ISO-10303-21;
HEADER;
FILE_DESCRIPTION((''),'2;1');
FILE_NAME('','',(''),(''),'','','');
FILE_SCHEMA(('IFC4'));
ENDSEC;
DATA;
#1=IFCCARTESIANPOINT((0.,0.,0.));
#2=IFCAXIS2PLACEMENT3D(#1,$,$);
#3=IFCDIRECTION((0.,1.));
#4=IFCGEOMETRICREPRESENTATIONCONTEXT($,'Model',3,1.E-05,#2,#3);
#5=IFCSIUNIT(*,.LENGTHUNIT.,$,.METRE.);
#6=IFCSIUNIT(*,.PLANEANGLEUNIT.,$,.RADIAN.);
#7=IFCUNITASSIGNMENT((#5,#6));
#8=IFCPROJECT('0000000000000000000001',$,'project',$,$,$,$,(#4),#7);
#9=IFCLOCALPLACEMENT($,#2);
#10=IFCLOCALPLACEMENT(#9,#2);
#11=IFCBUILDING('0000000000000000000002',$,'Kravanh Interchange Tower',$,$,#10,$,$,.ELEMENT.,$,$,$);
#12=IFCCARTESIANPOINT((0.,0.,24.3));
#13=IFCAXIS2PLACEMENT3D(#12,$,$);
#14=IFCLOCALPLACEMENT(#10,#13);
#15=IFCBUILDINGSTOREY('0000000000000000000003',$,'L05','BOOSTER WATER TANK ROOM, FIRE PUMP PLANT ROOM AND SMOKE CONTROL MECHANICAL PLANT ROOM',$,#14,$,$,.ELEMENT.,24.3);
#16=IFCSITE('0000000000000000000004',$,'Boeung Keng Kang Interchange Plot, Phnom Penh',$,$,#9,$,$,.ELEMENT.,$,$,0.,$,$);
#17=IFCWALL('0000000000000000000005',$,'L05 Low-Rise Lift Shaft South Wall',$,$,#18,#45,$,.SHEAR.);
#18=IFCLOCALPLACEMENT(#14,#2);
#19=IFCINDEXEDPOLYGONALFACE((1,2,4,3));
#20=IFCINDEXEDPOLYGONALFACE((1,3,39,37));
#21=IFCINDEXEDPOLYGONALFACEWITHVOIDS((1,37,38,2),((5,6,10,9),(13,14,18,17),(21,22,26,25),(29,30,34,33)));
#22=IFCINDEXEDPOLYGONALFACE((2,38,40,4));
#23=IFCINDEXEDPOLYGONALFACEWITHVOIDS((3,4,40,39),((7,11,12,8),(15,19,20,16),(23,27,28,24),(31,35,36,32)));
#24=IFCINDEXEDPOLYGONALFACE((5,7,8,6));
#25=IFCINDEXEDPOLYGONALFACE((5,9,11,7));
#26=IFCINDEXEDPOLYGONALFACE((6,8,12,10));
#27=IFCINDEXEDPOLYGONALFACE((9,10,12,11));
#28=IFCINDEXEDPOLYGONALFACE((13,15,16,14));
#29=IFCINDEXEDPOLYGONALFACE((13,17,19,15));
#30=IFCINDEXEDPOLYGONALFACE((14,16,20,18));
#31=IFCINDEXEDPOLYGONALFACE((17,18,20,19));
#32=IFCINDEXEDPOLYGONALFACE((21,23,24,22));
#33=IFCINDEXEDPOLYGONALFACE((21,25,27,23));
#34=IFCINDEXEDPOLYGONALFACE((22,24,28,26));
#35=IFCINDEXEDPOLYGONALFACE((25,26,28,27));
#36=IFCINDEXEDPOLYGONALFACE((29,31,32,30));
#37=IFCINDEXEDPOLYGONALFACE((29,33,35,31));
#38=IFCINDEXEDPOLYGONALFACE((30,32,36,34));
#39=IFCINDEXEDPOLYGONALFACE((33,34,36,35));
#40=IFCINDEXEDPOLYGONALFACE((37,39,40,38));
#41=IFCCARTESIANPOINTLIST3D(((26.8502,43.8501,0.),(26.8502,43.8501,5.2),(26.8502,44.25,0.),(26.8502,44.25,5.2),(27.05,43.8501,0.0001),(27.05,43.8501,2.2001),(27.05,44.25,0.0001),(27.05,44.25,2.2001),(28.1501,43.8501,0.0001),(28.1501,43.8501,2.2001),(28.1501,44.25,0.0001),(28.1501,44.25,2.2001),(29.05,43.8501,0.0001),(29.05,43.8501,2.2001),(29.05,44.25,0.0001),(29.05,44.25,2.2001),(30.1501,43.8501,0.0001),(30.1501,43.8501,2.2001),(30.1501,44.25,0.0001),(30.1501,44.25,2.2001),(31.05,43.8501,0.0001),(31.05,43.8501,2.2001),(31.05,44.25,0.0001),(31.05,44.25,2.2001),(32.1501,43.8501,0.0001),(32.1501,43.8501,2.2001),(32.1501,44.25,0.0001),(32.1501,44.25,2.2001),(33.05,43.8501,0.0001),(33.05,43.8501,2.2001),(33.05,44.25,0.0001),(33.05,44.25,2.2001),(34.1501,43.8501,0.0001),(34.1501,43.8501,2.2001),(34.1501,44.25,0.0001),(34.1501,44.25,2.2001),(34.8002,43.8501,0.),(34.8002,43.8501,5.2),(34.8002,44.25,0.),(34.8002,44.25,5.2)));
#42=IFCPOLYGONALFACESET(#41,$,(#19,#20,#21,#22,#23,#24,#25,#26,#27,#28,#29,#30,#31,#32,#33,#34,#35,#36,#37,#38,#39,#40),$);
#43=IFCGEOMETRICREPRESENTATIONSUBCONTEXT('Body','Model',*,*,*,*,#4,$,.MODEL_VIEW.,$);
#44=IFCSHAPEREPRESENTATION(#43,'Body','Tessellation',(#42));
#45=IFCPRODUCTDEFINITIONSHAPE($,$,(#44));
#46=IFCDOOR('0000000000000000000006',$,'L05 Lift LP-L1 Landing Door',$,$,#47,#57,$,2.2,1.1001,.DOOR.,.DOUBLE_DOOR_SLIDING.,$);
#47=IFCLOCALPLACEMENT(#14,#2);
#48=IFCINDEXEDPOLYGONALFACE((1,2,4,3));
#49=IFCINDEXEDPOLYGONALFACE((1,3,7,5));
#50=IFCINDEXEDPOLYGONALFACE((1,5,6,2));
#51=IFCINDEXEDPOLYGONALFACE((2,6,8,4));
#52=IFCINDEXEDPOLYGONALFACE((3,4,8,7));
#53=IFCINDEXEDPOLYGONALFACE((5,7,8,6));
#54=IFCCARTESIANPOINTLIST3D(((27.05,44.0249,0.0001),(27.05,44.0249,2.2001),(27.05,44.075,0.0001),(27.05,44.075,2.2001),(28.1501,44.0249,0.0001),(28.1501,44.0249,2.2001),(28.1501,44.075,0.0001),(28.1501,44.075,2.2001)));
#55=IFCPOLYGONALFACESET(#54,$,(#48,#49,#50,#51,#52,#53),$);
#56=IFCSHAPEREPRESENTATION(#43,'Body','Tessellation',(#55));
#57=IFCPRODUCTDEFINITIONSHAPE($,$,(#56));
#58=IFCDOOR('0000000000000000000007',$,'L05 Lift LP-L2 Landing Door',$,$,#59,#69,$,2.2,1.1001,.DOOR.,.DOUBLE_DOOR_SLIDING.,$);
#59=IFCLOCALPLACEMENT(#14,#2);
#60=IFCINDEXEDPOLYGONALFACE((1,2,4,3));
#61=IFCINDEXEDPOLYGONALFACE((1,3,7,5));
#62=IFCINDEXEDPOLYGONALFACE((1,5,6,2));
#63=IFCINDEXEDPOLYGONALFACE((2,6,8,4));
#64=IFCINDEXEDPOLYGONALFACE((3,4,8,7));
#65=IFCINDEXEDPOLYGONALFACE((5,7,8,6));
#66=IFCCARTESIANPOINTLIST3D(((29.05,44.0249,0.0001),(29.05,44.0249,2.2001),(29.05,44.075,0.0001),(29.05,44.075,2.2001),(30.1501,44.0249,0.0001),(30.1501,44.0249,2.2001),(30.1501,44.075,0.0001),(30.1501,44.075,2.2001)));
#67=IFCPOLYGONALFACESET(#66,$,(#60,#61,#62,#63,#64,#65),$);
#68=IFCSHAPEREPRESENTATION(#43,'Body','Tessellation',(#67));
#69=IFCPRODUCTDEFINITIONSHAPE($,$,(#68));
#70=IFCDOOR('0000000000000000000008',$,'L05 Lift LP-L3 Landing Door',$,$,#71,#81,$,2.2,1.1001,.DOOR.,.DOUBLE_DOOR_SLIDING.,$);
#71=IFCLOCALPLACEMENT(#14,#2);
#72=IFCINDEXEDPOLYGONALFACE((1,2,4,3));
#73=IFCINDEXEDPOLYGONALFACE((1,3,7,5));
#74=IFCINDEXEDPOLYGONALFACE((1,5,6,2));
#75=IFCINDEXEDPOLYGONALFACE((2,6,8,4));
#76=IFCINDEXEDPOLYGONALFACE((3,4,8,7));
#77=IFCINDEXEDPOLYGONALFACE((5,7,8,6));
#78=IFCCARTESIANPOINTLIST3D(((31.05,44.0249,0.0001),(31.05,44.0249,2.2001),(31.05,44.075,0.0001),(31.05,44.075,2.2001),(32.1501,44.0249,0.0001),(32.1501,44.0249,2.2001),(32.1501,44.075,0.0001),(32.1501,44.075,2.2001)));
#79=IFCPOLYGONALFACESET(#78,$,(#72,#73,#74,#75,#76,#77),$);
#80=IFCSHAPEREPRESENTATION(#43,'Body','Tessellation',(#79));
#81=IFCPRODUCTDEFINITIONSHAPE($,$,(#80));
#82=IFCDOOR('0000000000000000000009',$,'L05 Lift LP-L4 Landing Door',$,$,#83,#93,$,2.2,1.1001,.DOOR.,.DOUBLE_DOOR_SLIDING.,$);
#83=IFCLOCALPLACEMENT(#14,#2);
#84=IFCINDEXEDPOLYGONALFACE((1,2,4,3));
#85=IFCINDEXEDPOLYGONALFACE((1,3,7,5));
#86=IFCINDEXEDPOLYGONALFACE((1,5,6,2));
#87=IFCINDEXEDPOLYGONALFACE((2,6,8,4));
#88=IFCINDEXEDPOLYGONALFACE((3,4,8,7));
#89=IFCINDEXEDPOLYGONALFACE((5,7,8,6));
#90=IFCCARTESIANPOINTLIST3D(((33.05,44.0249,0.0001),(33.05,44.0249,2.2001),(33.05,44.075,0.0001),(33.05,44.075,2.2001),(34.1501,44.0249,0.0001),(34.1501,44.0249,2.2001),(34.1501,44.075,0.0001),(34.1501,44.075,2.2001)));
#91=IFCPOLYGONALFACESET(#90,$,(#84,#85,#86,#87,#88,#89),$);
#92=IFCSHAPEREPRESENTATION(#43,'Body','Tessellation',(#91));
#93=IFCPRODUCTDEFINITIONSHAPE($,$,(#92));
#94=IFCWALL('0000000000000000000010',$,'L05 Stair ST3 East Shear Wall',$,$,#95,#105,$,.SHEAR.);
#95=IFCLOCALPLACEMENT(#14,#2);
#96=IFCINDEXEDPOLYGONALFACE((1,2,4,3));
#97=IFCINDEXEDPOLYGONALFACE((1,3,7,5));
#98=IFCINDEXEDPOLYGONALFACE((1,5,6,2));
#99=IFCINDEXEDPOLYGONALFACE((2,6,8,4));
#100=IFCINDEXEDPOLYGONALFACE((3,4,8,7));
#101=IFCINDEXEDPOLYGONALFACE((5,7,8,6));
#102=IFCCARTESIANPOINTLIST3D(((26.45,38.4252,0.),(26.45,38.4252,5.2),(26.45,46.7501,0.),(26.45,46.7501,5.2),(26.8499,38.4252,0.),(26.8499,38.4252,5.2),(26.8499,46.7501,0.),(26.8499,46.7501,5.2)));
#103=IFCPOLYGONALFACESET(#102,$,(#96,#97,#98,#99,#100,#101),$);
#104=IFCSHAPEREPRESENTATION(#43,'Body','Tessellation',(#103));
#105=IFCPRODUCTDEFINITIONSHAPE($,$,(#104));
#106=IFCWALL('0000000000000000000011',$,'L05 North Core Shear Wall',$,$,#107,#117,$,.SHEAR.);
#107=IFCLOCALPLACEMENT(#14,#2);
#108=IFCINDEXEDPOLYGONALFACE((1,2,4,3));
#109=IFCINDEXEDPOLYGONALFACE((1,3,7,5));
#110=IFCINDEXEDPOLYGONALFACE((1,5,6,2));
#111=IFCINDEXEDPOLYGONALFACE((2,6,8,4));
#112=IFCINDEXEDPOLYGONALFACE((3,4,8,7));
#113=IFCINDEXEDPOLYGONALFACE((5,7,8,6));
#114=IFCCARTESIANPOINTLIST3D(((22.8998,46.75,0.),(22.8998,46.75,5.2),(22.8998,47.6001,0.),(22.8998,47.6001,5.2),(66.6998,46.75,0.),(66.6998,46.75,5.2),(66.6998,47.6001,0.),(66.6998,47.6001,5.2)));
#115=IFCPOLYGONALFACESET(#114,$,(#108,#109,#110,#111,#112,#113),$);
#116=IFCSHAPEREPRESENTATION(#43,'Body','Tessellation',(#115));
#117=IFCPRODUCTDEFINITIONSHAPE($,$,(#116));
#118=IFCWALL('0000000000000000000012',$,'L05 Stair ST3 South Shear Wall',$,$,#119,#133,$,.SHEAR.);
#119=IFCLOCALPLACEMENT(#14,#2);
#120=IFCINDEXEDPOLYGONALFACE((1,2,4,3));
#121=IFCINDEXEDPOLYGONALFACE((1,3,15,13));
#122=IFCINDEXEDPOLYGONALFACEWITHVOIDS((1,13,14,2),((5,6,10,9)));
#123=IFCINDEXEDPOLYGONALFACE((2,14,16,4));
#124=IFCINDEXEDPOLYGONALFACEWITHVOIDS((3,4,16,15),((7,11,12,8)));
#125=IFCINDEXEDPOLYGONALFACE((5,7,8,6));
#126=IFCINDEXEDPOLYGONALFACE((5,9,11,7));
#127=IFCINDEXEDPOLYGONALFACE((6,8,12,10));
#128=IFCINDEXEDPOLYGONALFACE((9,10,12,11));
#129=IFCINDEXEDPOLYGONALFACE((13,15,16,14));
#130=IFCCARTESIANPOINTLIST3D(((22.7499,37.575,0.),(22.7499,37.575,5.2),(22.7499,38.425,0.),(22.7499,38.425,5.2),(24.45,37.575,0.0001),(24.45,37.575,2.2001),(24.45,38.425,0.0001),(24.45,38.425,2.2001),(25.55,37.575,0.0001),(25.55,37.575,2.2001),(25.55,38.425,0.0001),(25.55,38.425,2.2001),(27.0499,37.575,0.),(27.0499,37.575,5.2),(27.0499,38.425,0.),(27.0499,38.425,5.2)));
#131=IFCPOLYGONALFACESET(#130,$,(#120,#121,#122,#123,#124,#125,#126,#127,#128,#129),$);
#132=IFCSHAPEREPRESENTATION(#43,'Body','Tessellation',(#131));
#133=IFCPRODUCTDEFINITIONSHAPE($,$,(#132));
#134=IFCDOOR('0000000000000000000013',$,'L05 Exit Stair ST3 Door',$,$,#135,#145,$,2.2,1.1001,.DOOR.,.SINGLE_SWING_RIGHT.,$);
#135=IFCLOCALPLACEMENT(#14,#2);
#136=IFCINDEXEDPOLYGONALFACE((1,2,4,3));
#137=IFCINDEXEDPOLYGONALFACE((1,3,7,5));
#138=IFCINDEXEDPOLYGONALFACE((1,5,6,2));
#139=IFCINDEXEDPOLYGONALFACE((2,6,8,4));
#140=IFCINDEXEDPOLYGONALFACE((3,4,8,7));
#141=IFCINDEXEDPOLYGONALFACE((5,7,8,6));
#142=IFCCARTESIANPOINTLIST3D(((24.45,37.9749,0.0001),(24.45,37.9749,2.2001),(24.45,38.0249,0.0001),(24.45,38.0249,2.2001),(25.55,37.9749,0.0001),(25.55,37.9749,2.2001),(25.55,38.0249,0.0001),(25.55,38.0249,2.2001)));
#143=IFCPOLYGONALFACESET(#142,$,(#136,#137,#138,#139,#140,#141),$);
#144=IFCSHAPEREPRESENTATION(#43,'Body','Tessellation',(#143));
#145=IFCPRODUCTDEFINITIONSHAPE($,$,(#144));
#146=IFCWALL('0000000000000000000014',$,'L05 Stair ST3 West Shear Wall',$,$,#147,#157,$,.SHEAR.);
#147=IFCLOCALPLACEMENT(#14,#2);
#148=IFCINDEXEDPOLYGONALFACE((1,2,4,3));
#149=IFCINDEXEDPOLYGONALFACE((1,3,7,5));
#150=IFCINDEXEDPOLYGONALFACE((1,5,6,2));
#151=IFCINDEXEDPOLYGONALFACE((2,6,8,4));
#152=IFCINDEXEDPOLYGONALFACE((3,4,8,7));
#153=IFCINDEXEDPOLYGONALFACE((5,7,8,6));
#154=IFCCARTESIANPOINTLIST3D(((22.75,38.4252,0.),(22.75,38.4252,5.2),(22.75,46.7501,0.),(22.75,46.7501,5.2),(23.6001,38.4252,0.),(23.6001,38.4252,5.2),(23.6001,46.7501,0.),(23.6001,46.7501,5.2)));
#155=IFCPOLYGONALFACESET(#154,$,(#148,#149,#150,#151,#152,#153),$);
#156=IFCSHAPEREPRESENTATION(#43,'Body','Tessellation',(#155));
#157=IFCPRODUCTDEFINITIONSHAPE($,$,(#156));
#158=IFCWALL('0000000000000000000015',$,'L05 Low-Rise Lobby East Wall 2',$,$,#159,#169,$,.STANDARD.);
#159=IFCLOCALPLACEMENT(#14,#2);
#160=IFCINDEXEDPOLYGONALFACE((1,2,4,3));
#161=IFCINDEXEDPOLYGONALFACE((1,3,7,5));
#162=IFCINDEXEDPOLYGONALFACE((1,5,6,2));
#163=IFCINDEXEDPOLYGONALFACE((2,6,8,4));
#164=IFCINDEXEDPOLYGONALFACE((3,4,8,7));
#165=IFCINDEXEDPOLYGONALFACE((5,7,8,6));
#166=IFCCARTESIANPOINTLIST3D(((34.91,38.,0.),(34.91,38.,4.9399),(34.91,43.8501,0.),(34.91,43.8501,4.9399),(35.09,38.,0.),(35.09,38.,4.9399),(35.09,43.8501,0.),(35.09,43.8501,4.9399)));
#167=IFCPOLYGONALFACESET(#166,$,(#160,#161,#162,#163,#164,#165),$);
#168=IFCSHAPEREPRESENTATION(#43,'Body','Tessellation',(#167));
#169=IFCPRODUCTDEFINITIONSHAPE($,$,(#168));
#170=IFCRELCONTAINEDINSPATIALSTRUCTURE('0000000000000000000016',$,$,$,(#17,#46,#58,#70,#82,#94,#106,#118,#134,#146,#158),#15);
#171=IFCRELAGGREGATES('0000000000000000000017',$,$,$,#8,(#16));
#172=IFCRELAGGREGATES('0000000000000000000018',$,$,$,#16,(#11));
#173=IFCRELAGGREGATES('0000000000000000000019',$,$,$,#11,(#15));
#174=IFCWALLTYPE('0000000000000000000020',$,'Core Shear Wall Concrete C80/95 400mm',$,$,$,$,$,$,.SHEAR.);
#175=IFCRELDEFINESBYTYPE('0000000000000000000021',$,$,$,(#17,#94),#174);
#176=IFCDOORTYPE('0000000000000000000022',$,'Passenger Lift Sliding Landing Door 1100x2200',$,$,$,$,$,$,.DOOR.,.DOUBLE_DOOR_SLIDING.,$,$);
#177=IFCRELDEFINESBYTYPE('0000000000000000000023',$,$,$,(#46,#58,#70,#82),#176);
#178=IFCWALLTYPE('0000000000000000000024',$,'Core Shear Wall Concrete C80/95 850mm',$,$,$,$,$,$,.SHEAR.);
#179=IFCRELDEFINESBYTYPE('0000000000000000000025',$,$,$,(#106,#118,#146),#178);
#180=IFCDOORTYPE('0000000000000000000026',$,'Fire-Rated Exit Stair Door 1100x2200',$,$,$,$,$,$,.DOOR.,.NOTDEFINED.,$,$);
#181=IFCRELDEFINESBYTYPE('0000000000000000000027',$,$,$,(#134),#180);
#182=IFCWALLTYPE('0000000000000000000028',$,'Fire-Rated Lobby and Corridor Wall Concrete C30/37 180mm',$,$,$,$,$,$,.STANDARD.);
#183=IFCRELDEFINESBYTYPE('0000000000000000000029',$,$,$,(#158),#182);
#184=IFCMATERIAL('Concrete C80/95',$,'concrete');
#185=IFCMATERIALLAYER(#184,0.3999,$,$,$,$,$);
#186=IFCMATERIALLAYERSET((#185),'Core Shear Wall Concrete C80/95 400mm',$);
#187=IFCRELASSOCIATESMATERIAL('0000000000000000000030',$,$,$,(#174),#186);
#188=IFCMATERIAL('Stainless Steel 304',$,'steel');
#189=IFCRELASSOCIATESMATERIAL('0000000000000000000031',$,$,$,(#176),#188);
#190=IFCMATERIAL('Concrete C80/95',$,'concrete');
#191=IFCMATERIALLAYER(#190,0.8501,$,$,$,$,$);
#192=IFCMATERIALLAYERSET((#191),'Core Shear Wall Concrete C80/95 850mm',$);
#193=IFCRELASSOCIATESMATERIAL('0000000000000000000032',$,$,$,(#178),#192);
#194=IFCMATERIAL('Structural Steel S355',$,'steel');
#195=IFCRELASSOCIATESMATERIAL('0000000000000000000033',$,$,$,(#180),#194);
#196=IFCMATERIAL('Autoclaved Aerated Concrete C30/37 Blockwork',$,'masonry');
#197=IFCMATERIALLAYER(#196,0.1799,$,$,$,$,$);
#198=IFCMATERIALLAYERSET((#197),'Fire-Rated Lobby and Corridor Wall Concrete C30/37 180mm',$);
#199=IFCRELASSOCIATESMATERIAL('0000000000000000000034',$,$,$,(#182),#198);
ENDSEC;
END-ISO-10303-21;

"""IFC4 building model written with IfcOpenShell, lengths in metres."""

from ifc_helpers import new_model, si_unit, direction, frame, frame_2d, origin, place, context, subcontext, project, spatial, rectangle, extrude, material, layer, layer_set, type_object, element, fill, save


model = new_model("IFC4")

# Units and contexts
model_context = context("Model", 3, precision=1e-05, world=origin(), true_north=direction((0.0, 1.0)))
body_context = subcontext(model_context, "Body", "Model", "MODEL_VIEW")
ifc_project = project(units=[si_unit("LENGTHUNIT", "METRE"), si_unit("PLANEANGLEUNIT", "RADIAN")], contexts=[model_context])

# Site, building, storey
site_placement = place(None, origin())
site = spatial("IfcSite", under=ifc_project, at=site_placement, Name="Boeung Keng Kang Interchange Plot, Phnom Penh", CompositionType="ELEMENT", RefElevation=0.0)
building_placement = place(site_placement, origin())
building = spatial("IfcBuilding", under=site, at=building_placement, Name="Kravanh Interchange Tower", CompositionType="ELEMENT")
storey_placement = place(building_placement, frame((0.0, 0.0, 24.3)))
storey = spatial("IfcBuildingStorey", under=building, at=storey_placement, Name="L05", Description="BOOSTER WATER TANK ROOM, FIRE PUMP PLANT ROOM AND SMOKE CONTROL MECHANICAL PLANT ROOM", CompositionType="ELEMENT", Elevation=24.3)

# Shared definitions
ifc_material_1 = material(Name="Concrete C80/95", Category="concrete")
ifc_layer_1 = layer(ifc_material_1, 0.3999)
ifc_layer_set_1 = layer_set([ifc_layer_1], Name="Core Shear Wall Concrete C80/95 400mm")
wall_type_1 = type_object("IfcWallType", Name="Core Shear Wall Concrete C80/95 400mm", PredefinedType="SHEAR", material=ifc_layer_set_1)

# Wall, openings, doors
wall_1_placement = place(storey_placement, frame((26.8501, 44.05, 0.0), z_axis=(0.0, 0.0, 1.0), x_axis=(1.0, 0.0, 0.0)))
wall_1 = element("IfcWall", 1, at=wall_1_placement, inside=storey, type_object=wall_type_1, Name="L05 Low-Rise Lift Shaft South Wall", PredefinedType="SHEAR", context=body_context, shape_type="SweptSolid", body=[
    extrude(rectangle(XDim=7.95, YDim=0.3999, at=frame_2d((3.9751, 0.0))), origin(), (0.0, 0.0, 1.0), 5.2),
])
opening_1_placement = place(wall_1_placement, frame((0.2, 0.0, 0.0)))
opening_1 = element("IfcOpeningElement", 2, at=opening_1_placement, cuts=wall_1, PredefinedType="OPENING", context=body_context, shape_type="SweptSolid", body=[
    extrude(rectangle(XDim=1.1001, YDim=2.2, at=frame_2d((0.55, 1.1001))), frame((0.0, 0.21, 0.0), z_axis=(0.0, -1.0, 0.0), x_axis=(1.0, 0.0, 0.0)), (0.0, 0.0, 1.0), 0.4199),
])
opening_2_placement = place(wall_1_placement, frame((2.2, 0.0, 0.0)))
opening_2 = element("IfcOpeningElement", 3, at=opening_2_placement, cuts=wall_1, PredefinedType="OPENING", context=body_context, shape_type="SweptSolid", body=[
    extrude(rectangle(XDim=1.1001, YDim=2.2, at=frame_2d((0.55, 1.1001))), frame((0.0, 0.21, 0.0), z_axis=(0.0, -1.0, 0.0), x_axis=(1.0, 0.0, 0.0)), (0.0, 0.0, 1.0), 0.4199),
])
opening_3_placement = place(wall_1_placement, frame((4.2, 0.0, 0.0)))
opening_3 = element("IfcOpeningElement", 4, at=opening_3_placement, cuts=wall_1, PredefinedType="OPENING", context=body_context, shape_type="SweptSolid", body=[
    extrude(rectangle(XDim=1.1001, YDim=2.2, at=frame_2d((0.55, 1.1001))), frame((0.0, 0.21, 0.0), z_axis=(0.0, -1.0, 0.0), x_axis=(1.0, 0.0, 0.0)), (0.0, 0.0, 1.0), 0.4199),
])
opening_4_placement = place(wall_1_placement, frame((6.2, 0.0, 0.0)))
opening_4 = element("IfcOpeningElement", 5, at=opening_4_placement, cuts=wall_1, PredefinedType="OPENING", context=body_context, shape_type="SweptSolid", body=[
    extrude(rectangle(XDim=1.1001, YDim=2.2, at=frame_2d((0.55, 1.1001))), frame((0.0, 0.21, 0.0), z_axis=(0.0, -1.0, 0.0), x_axis=(1.0, 0.0, 0.0)), (0.0, 0.0, 1.0), 0.4199),
])
ifc_material_2 = material(Name="Stainless Steel 304", Category="steel")
door_type_1 = type_object("IfcDoorType", Name="Passenger Lift Sliding Landing Door 1100x2200", OperationType="DOUBLE_DOOR_SLIDING", PredefinedType="DOOR", material=ifc_material_2)
door_1_placement = place(opening_1_placement, origin())
door_1 = element("IfcDoor", 6, at=door_1_placement, inside=storey, type_object=door_type_1, Name="L05 Lift LP-L1 Landing Door", OperationType="DOUBLE_DOOR_SLIDING", OverallHeight=2.2, OverallWidth=1.1001, PredefinedType="DOOR", context=body_context, shape_type="SweptSolid", body=[
    extrude(rectangle(XDim=1.1001, YDim=2.2, at=frame_2d((0.55, 1.1001))), frame((0.0, 0.0249, 0.0), z_axis=(0.0, -1.0, 0.0), x_axis=(1.0, 0.0, 0.0)), (0.0, 0.0, 1.0), 0.05),
])
fill(opening_1, door_1)
door_2_placement = place(opening_2_placement, origin())
door_2 = element("IfcDoor", 7, at=door_2_placement, inside=storey, type_object=door_type_1, Name="L05 Lift LP-L2 Landing Door", OperationType="DOUBLE_DOOR_SLIDING", OverallHeight=2.2, OverallWidth=1.1001, PredefinedType="DOOR", context=body_context, shape_type="SweptSolid", body=[
    extrude(rectangle(XDim=1.1001, YDim=2.2, at=frame_2d((0.55, 1.1001))), frame((0.0, 0.0249, 0.0), z_axis=(0.0, -1.0, 0.0), x_axis=(1.0, 0.0, 0.0)), (0.0, 0.0, 1.0), 0.05),
])
fill(opening_2, door_2)
door_3_placement = place(opening_3_placement, origin())
door_3 = element("IfcDoor", 8, at=door_3_placement, inside=storey, type_object=door_type_1, Name="L05 Lift LP-L3 Landing Door", OperationType="DOUBLE_DOOR_SLIDING", OverallHeight=2.2, OverallWidth=1.1001, PredefinedType="DOOR", context=body_context, shape_type="SweptSolid", body=[
    extrude(rectangle(XDim=1.1001, YDim=2.2, at=frame_2d((0.55, 1.1001))), frame((0.0, 0.0249, 0.0), z_axis=(0.0, -1.0, 0.0), x_axis=(1.0, 0.0, 0.0)), (0.0, 0.0, 1.0), 0.05),
])
fill(opening_3, door_3)
door_4_placement = place(opening_4_placement, origin())
door_4 = element("IfcDoor", 9, at=door_4_placement, inside=storey, type_object=door_type_1, Name="L05 Lift LP-L4 Landing Door", OperationType="DOUBLE_DOOR_SLIDING", OverallHeight=2.2, OverallWidth=1.1001, PredefinedType="DOOR", context=body_context, shape_type="SweptSolid", body=[
    extrude(rectangle(XDim=1.1001, YDim=2.2, at=frame_2d((0.55, 1.1001))), frame((0.0, 0.0249, 0.0), z_axis=(0.0, -1.0, 0.0), x_axis=(1.0, 0.0, 0.0)), (0.0, 0.0, 1.0), 0.05),
])
fill(opening_4, door_4)

# Walls
wall_2_placement = place(storey_placement, frame((26.6499, 38.425, 0.0), z_axis=(0.0, 0.0, 1.0), x_axis=(0.0, 1.0, 0.0)))
element("IfcWall", 10, at=wall_2_placement, inside=storey, type_object=wall_type_1, Name="L05 Stair ST3 East Shear Wall", PredefinedType="SHEAR", context=body_context, shape_type="SweptSolid", body=[
    extrude(rectangle(XDim=8.325, YDim=0.3999, at=frame_2d((4.1626, 0.0))), origin(), (0.0, 0.0, 1.0), 5.2),
])
ifc_material_3 = material(Name="Concrete C80/95", Category="concrete")
ifc_layer_2 = layer(ifc_material_3, 0.8501)
ifc_layer_set_2 = layer_set([ifc_layer_2], Name="Core Shear Wall Concrete C80/95 850mm")
wall_type_2 = type_object("IfcWallType", Name="Core Shear Wall Concrete C80/95 850mm", PredefinedType="SHEAR", material=ifc_layer_set_2)
wall_3_placement = place(storey_placement, frame((22.8999, 47.175, 0.0), z_axis=(0.0, 0.0, 1.0), x_axis=(1.0, 0.0, 0.0)))
element("IfcWall", 11, at=wall_3_placement, inside=storey, type_object=wall_type_2, Name="L05 North Core Shear Wall", PredefinedType="SHEAR", context=body_context, shape_type="SweptSolid", body=[
    extrude(rectangle(XDim=43.8, YDim=0.8501, at=frame_2d((21.8999, 0.0))), origin(), (0.0, 0.0, 1.0), 5.2),
])

# Wall, opening, door
wall_4_placement = place(storey_placement, frame((22.75, 38.0, 0.0), z_axis=(0.0, 0.0, 1.0), x_axis=(1.0, 0.0, 0.0)))
wall_4 = element("IfcWall", 12, at=wall_4_placement, inside=storey, type_object=wall_type_2, Name="L05 Stair ST3 South Shear Wall", PredefinedType="SHEAR", context=body_context, shape_type="SweptSolid", body=[
    extrude(rectangle(XDim=4.3, YDim=0.8501, at=frame_2d((2.1499, 0.0))), origin(), (0.0, 0.0, 1.0), 5.2),
])
opening_5_placement = place(wall_4_placement, frame((1.7, 0.0, 0.0)))
opening_5 = element("IfcOpeningElement", 13, at=opening_5_placement, cuts=wall_4, PredefinedType="OPENING", context=body_context, shape_type="SweptSolid", body=[
    extrude(rectangle(XDim=1.1001, YDim=2.2, at=frame_2d((0.55, 1.1001))), frame((0.0, 0.4351, 0.0), z_axis=(0.0, -1.0, 0.0), x_axis=(1.0, 0.0, 0.0)), (0.0, 0.0, 1.0), 0.8701),
])
ifc_material_4 = material(Name="Structural Steel S355", Category="steel")
door_type_2 = type_object("IfcDoorType", Name="Fire-Rated Exit Stair Door 1100x2200", OperationType="NOTDEFINED", PredefinedType="DOOR", material=ifc_material_4)
door_5_placement = place(opening_5_placement, origin())
door_5 = element("IfcDoor", 14, at=door_5_placement, inside=storey, type_object=door_type_2, Name="L05 Exit Stair ST3 Door", OperationType="SINGLE_SWING_RIGHT", OverallHeight=2.2, OverallWidth=1.1001, PredefinedType="DOOR", context=body_context, shape_type="SweptSolid", body=[
    extrude(rectangle(XDim=1.1001, YDim=2.2, at=frame_2d((0.55, 1.1001))), frame((0.0, 0.0249, 0.0), z_axis=(0.0, -1.0, 0.0), x_axis=(1.0, 0.0, 0.0)), (0.0, 0.0, 1.0), 0.05),
])
fill(opening_5, door_5)

# Walls
wall_5_placement = place(storey_placement, frame((23.175, 38.425, 0.0), z_axis=(0.0, 0.0, 1.0), x_axis=(0.0, 1.0, 0.0)))
element("IfcWall", 15, at=wall_5_placement, inside=storey, type_object=wall_type_2, Name="L05 Stair ST3 West Shear Wall", PredefinedType="SHEAR", context=body_context, shape_type="SweptSolid", body=[
    extrude(rectangle(XDim=8.325, YDim=0.8501, at=frame_2d((4.1626, 0.0))), origin(), (0.0, 0.0, 1.0), 5.2),
])
ifc_material_5 = material(Name="Autoclaved Aerated Concrete C30/37 Blockwork", Category="masonry")
ifc_layer_3 = layer(ifc_material_5, 0.1799)
ifc_layer_set_3 = layer_set([ifc_layer_3], Name="Fire-Rated Lobby and Corridor Wall Concrete C30/37 180mm")
wall_type_3 = type_object("IfcWallType", Name="Fire-Rated Lobby and Corridor Wall Concrete C30/37 180mm", PredefinedType="STANDARD", material=ifc_layer_set_3)
wall_6_placement = place(storey_placement, frame((35.0, 38.0, 0.0), z_axis=(0.0, 0.0, 1.0), x_axis=(0.0, 1.0, 0.0)))
element("IfcWall", 16, at=wall_6_placement, inside=storey, type_object=wall_type_3, Name="L05 Low-Rise Lobby East Wall 2", PredefinedType="STANDARD", context=body_context, shape_type="SweptSolid", body=[
    extrude(rectangle(XDim=5.8501, YDim=0.1799, at=frame_2d((2.925, 0.0))), origin(), (0.0, 0.0, 1.0), 4.9399),
])

save(model, "model.ifc")
